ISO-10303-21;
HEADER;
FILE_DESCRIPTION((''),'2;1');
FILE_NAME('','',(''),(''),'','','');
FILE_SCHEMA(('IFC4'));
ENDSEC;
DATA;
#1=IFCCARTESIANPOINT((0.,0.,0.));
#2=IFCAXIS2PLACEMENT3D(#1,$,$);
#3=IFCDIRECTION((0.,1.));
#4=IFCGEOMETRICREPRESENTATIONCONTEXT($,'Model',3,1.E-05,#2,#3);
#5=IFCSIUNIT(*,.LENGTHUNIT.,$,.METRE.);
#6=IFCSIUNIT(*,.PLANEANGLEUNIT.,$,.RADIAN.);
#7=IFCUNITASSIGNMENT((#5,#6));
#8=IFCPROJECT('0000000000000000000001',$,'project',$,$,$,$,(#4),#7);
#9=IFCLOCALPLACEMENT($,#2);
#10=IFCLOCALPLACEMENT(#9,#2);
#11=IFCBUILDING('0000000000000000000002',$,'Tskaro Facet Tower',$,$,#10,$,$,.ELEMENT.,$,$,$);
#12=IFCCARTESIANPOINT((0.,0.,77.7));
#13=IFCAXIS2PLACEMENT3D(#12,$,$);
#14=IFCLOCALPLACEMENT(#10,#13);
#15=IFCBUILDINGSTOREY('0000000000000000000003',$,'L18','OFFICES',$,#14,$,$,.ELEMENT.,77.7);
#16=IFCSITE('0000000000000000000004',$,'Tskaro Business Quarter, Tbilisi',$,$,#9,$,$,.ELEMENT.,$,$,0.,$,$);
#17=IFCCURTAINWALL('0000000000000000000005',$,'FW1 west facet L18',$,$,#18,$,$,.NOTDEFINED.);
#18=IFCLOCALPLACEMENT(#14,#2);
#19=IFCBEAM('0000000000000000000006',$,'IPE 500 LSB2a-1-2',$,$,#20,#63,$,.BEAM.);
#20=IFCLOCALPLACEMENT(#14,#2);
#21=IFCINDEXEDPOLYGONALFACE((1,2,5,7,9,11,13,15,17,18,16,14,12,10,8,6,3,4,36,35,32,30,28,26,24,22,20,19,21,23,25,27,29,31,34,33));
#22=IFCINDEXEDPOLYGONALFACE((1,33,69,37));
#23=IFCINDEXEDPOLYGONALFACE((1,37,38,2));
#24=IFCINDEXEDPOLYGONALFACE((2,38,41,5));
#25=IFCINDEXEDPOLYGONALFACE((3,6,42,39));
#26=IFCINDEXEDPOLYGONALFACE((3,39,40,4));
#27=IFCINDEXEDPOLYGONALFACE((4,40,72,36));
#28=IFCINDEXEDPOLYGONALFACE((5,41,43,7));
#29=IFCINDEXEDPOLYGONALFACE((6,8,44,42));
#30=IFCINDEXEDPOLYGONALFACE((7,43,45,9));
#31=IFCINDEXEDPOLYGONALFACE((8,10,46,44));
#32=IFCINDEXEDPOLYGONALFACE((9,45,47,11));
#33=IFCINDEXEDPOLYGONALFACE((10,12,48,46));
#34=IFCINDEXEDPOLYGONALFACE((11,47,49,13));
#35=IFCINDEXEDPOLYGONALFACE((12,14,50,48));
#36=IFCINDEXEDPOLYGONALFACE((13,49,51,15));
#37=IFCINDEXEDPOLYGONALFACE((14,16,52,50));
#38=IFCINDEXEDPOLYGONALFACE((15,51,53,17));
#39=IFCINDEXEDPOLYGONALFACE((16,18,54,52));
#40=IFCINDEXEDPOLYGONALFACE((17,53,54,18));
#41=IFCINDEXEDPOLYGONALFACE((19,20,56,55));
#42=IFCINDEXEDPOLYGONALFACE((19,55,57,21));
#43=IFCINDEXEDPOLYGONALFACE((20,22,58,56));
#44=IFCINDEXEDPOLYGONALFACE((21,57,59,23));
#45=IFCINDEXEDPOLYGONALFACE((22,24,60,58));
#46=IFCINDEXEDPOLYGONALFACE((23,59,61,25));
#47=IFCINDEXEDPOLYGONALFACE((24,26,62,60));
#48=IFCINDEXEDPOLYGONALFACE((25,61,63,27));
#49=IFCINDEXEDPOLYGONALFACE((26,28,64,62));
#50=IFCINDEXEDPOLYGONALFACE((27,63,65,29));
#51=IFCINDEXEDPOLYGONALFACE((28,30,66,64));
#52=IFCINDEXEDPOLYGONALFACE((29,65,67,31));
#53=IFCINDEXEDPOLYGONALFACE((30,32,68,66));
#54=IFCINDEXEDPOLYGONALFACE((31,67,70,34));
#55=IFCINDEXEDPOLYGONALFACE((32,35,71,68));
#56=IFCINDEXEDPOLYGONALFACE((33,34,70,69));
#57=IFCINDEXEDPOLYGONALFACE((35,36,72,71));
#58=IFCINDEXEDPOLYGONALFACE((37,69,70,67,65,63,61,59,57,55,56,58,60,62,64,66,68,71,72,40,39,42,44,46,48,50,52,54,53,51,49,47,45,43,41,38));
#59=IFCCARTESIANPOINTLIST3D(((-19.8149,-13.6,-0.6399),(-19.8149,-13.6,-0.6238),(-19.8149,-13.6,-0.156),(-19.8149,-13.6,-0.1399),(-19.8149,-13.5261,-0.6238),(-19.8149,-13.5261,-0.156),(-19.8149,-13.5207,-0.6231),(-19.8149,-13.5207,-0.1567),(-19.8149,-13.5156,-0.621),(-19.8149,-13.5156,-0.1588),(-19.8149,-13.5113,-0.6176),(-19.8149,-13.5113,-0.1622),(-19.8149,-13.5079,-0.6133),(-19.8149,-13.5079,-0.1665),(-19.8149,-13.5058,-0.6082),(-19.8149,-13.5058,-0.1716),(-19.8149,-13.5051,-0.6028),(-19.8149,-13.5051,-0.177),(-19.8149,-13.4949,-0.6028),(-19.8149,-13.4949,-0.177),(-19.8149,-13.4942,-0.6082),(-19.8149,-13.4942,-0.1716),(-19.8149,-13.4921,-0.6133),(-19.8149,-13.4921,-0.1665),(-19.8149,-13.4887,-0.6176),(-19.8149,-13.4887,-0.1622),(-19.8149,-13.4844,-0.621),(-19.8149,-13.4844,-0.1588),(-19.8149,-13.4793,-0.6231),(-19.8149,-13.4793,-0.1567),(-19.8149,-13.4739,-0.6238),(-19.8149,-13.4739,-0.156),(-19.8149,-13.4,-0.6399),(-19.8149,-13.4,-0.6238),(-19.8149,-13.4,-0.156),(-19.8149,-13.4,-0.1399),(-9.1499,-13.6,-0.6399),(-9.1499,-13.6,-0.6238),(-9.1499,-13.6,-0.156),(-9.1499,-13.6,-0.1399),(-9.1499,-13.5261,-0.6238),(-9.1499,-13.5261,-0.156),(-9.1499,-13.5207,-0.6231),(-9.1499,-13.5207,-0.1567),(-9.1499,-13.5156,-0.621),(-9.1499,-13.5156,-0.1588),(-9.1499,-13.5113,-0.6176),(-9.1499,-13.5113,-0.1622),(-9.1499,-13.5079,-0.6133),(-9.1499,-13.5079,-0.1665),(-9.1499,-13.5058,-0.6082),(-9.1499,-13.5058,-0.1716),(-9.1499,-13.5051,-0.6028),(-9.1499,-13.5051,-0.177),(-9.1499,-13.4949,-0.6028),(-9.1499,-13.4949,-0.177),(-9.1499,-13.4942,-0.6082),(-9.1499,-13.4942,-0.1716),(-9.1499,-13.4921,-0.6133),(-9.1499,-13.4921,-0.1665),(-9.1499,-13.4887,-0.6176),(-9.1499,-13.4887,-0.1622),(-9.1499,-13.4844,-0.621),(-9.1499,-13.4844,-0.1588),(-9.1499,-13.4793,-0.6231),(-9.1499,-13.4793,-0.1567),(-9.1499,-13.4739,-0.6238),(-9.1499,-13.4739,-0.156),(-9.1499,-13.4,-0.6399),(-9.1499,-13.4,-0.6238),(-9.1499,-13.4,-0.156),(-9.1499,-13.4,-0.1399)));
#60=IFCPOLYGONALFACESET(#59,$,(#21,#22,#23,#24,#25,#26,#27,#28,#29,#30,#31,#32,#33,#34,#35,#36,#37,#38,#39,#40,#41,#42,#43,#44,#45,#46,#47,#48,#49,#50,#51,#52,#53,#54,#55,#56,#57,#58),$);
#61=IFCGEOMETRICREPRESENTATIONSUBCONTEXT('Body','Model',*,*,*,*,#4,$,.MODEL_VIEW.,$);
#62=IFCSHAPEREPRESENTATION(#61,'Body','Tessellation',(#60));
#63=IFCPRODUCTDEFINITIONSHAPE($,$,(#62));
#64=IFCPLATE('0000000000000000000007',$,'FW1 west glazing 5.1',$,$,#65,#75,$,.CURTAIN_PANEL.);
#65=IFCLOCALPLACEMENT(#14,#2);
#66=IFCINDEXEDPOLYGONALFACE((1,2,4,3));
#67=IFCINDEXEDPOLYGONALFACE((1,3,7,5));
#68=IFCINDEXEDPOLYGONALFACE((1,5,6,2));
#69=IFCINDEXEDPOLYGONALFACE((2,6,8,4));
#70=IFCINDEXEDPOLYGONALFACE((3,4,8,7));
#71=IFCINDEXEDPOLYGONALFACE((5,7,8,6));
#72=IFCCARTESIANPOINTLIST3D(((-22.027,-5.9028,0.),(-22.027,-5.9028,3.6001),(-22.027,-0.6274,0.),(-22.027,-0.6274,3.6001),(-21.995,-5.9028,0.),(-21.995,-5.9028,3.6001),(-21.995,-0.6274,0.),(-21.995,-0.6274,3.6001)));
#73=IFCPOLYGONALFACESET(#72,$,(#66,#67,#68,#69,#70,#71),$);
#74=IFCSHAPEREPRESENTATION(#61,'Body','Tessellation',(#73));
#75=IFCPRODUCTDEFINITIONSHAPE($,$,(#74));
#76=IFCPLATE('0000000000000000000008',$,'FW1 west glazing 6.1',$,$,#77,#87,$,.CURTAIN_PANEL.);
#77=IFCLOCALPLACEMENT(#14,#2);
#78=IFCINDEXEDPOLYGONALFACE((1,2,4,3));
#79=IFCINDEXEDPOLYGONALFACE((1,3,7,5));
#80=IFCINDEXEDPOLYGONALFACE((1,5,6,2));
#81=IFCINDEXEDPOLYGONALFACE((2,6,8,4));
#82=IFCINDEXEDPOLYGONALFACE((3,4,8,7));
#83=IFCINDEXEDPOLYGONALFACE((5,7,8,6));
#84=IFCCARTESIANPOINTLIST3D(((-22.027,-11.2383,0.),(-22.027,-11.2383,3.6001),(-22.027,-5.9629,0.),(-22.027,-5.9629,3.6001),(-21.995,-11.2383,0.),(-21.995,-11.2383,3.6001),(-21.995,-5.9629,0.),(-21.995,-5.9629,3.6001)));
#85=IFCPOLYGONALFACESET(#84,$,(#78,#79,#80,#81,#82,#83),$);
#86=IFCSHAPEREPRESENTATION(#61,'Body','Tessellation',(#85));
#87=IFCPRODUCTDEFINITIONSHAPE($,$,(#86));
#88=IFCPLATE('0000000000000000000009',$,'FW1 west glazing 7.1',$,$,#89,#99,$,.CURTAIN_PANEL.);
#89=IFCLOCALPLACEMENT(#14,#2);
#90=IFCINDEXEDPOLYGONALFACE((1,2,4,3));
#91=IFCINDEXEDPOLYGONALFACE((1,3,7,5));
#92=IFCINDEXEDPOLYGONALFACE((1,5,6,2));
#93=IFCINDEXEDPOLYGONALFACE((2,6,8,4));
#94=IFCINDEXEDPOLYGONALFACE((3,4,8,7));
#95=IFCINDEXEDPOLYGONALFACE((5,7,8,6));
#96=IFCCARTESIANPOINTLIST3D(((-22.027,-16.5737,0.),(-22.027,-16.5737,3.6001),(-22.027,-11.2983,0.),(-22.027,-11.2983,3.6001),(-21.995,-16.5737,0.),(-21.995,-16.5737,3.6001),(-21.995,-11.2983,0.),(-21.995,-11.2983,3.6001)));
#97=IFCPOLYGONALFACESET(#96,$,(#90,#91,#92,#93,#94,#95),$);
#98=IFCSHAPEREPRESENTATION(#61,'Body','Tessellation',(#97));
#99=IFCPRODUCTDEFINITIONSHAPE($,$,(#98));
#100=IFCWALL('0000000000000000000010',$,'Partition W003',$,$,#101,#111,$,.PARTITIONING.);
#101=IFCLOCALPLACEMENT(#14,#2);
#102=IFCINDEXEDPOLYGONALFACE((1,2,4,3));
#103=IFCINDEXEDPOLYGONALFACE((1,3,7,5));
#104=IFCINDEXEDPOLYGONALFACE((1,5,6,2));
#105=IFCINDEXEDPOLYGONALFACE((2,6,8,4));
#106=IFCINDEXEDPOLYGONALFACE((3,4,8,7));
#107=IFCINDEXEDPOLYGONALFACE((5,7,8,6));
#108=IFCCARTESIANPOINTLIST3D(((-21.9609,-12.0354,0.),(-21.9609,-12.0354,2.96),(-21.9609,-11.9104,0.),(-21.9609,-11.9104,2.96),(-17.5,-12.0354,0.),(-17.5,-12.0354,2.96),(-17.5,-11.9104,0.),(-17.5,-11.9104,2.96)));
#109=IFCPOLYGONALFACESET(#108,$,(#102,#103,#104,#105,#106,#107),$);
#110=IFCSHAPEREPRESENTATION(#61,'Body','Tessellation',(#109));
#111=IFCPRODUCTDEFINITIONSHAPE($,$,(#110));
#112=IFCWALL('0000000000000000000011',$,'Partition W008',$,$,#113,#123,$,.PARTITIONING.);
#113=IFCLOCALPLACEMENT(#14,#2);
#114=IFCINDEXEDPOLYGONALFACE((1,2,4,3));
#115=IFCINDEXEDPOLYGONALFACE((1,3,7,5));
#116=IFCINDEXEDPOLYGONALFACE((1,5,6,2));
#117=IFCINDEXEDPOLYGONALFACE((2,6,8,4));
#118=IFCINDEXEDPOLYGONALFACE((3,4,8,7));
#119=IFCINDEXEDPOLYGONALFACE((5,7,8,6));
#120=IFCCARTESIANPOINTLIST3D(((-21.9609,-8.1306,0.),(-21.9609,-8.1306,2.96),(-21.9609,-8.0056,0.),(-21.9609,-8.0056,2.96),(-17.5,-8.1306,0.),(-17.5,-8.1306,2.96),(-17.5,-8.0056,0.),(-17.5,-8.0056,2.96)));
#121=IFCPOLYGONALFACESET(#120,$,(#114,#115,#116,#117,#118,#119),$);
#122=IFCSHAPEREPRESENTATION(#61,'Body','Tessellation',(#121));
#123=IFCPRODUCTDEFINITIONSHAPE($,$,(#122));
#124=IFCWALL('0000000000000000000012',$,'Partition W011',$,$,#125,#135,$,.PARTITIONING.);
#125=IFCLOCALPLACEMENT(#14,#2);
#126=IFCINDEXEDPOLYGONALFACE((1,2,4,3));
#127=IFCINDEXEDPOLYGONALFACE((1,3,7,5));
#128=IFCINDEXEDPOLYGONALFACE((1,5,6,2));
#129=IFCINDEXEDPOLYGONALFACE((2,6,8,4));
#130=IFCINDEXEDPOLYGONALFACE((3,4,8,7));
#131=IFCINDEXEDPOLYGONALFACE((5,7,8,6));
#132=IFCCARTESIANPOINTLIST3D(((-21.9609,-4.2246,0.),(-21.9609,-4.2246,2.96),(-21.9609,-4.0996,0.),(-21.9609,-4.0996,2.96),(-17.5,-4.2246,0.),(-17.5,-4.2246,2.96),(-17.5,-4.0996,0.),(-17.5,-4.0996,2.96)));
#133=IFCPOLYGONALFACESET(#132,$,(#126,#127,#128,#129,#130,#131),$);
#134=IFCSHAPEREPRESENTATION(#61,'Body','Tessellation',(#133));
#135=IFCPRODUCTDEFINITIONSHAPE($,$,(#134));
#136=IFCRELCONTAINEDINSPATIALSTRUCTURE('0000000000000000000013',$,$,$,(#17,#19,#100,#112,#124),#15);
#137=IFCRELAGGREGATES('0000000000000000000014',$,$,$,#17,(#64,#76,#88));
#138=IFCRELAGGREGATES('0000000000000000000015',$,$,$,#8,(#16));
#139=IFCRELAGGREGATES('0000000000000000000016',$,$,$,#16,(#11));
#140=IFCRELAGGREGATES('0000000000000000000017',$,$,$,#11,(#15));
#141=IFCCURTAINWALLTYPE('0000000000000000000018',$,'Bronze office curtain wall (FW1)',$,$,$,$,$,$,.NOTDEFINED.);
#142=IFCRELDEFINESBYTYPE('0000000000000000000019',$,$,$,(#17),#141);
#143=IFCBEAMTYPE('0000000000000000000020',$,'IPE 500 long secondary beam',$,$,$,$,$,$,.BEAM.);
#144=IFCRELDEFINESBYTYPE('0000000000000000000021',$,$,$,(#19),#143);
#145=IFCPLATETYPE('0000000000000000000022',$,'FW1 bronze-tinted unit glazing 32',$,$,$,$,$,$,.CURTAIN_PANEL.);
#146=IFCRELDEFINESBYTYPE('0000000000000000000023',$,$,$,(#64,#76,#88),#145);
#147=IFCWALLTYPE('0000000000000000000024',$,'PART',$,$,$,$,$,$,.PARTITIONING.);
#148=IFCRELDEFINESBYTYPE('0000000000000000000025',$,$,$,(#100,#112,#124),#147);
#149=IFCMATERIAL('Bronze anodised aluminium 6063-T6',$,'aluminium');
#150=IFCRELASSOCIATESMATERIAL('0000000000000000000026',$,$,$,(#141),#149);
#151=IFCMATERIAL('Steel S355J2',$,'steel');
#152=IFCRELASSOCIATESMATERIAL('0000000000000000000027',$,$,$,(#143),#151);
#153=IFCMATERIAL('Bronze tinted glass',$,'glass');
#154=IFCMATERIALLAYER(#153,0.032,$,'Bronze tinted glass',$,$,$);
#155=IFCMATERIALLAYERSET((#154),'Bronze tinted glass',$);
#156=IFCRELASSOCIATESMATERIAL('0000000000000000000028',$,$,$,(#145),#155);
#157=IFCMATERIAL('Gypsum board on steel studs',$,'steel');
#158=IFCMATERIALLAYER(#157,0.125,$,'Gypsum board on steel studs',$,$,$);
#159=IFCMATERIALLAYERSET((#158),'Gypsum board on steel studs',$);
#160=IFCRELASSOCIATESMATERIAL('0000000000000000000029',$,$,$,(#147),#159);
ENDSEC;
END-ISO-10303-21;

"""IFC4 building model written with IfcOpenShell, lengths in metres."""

from ifc_helpers import new_model, si_unit, direction, frame, frame_2d, origin, origin_2d, place, context, subcontext, project, spatial, rectangle, i_section, extrude, material, layer, layer_set, material_profile, profile_set, type_object, element, aggregate, save


model = new_model("IFC4")

# Units and contexts
model_context = context("Model", 3, precision=1e-05, world=origin(), true_north=direction((0.0, 1.0)))
body_context = subcontext(model_context, "Body", "Model", "MODEL_VIEW")
ifc_project = project(units=[si_unit("LENGTHUNIT", "METRE"), si_unit("PLANEANGLEUNIT", "RADIAN")], contexts=[model_context])

# Site, building, storey
site_placement = place(None, origin())
site = spatial("IfcSite", under=ifc_project, at=site_placement, Name="Tskaro Business Quarter, Tbilisi", CompositionType="ELEMENT", RefElevation=0.0)
building_placement = place(site_placement, origin())
building = spatial("IfcBuilding", under=site, at=building_placement, Name="Tskaro Facet Tower", CompositionType="ELEMENT")
storey_placement = place(building_placement, frame((0.0, 0.0, 77.7)))
storey = spatial("IfcBuildingStorey", under=building, at=storey_placement, Name="L18", Description="OFFICES", CompositionType="ELEMENT", Elevation=77.7)

# Curtain wall
ifc_material_1 = material(Name="Bronze anodised aluminium 6063-T6", Category="aluminium")
curtain_wall_type = type_object("IfcCurtainWallType", Name="Bronze office curtain wall (FW1)", PredefinedType="NOTDEFINED", material=ifc_material_1)
curtain_wall_placement = place(storey_placement, origin())
curtain_wall = element("IfcCurtainWall", 1, at=curtain_wall_placement, inside=storey, type_object=curtain_wall_type, Name="FW1 west facet L18", PredefinedType="NOTDEFINED")

# Beam
ifc_material_2 = material(Name="Steel S355J2", Category="steel")
ifc_material_profile_1 = material_profile(ifc_material_2, i_section(OverallWidth=0.2, OverallDepth=0.5, WebThickness=0.0103, FlangeThickness=0.0161, FilletRadius=0.021, at=origin_2d()), Name="IPE 500")
ifc_profile_set_1 = profile_set([ifc_material_profile_1], Name="Steel S355J2")
beam_type_1 = type_object("IfcBeamType", Name="IPE 500 long secondary beam", PredefinedType="BEAM", material=ifc_profile_set_1)
beam_1_placement = place(storey_placement, frame((-19.8149, -13.5, -0.3899), z_axis=(1.0, 0.0, 0.0), x_axis=(0.0, 1.0, 0.0)))
element("IfcBeam", 2, at=beam_1_placement, inside=storey, type_object=beam_type_1, Name="IPE 500 LSB2a-1-2", PredefinedType="BEAM", context=body_context, shape_type="SweptSolid", body=[
    extrude(i_section(OverallWidth=0.2, OverallDepth=0.5, WebThickness=0.0103, FlangeThickness=0.0161, FilletRadius=0.021, at=origin_2d()), origin(), (0.0, 0.0, 1.0), 10.665),
])

# Plates
ifc_material_3 = material(Name="Bronze tinted glass", Category="glass")
ifc_layer_1 = layer(ifc_material_3, 0.032, Name="Bronze tinted glass")
ifc_layer_set_1 = layer_set([ifc_layer_1], Name="Bronze tinted glass")
plate_type = type_object("IfcPlateType", Name="FW1 bronze-tinted unit glazing 32", PredefinedType="CURTAIN_PANEL", material=ifc_layer_set_1)
plate_1_placement = place(storey_placement, frame((-22.011, -3.2651, 0.0), z_axis=(0.0, 0.0, 1.0), x_axis=(0.0, -1.0, 0.0)))
plate_1 = element("IfcPlate", 3, at=plate_1_placement, type_object=plate_type, Name="FW1 west glazing 5.1", PredefinedType="CURTAIN_PANEL", context=body_context, shape_type="SweptSolid", body=[
    extrude(rectangle(XDim=5.2754, YDim=0.032, at=origin_2d()), origin(), (0.0, 0.0, 1.0), 3.6001),
])
plate_2_placement = place(storey_placement, frame((-22.011, -8.6006, 0.0), z_axis=(0.0, 0.0, 1.0), x_axis=(0.0, -1.0, 0.0)))
plate_2 = element("IfcPlate", 4, at=plate_2_placement, type_object=plate_type, Name="FW1 west glazing 6.1", PredefinedType="CURTAIN_PANEL", context=body_context, shape_type="SweptSolid", body=[
    extrude(rectangle(XDim=5.2754, YDim=0.032, at=origin_2d()), origin(), (0.0, 0.0, 1.0), 3.6001),
])
plate_3_placement = place(storey_placement, frame((-22.011, -13.936, 0.0), z_axis=(0.0, 0.0, 1.0), x_axis=(0.0, -1.0, 0.0)))
plate_3 = element("IfcPlate", 5, at=plate_3_placement, type_object=plate_type, Name="FW1 west glazing 7.1", PredefinedType="CURTAIN_PANEL", context=body_context, shape_type="SweptSolid", body=[
    extrude(rectangle(XDim=5.2754, YDim=0.032, at=origin_2d()), origin(), (0.0, 0.0, 1.0), 3.6001),
])
aggregate(curtain_wall, [plate_1, plate_2, plate_3])

# Walls
ifc_material_4 = material(Name="Gypsum board on steel studs", Category="steel")
ifc_layer_2 = layer(ifc_material_4, 0.125, Name="Gypsum board on steel studs")
ifc_layer_set_2 = layer_set([ifc_layer_2], Name="Gypsum board on steel studs")
wall_type_1 = type_object("IfcWallType", Name="PART", PredefinedType="PARTITIONING", material=ifc_layer_set_2)
for number, where, z_axis, x_axis, name in (
    (6, (-21.9609, -11.9729, 0.0), (0.0, 0.0, 1.0), (1.0, 0.0, 0.0), "Partition W003"),
    (7, (-21.9609, -8.0681, 0.0), (0.0, 0.0, 1.0), (1.0, 0.0, 0.0), "Partition W008"),
    (8, (-21.9609, -4.1621, 0.0), (0.0, 0.0, 1.0), (1.0, 0.0, 0.0), "Partition W011"),
):
    element("IfcWall", number, at=place(storey_placement, frame(where, z_axis=z_axis, x_axis=x_axis)), inside=storey, type_object=wall_type_1, Name=name, PredefinedType="PARTITIONING", context=body_context, shape_type="SweptSolid", body=[
        extrude(rectangle(XDim=4.4609, YDim=0.125, at=frame_2d((2.2305, 0.0))), origin(), (0.0, 0.0, 1.0), 2.96),
    ])

save(model, "model.ifc")
